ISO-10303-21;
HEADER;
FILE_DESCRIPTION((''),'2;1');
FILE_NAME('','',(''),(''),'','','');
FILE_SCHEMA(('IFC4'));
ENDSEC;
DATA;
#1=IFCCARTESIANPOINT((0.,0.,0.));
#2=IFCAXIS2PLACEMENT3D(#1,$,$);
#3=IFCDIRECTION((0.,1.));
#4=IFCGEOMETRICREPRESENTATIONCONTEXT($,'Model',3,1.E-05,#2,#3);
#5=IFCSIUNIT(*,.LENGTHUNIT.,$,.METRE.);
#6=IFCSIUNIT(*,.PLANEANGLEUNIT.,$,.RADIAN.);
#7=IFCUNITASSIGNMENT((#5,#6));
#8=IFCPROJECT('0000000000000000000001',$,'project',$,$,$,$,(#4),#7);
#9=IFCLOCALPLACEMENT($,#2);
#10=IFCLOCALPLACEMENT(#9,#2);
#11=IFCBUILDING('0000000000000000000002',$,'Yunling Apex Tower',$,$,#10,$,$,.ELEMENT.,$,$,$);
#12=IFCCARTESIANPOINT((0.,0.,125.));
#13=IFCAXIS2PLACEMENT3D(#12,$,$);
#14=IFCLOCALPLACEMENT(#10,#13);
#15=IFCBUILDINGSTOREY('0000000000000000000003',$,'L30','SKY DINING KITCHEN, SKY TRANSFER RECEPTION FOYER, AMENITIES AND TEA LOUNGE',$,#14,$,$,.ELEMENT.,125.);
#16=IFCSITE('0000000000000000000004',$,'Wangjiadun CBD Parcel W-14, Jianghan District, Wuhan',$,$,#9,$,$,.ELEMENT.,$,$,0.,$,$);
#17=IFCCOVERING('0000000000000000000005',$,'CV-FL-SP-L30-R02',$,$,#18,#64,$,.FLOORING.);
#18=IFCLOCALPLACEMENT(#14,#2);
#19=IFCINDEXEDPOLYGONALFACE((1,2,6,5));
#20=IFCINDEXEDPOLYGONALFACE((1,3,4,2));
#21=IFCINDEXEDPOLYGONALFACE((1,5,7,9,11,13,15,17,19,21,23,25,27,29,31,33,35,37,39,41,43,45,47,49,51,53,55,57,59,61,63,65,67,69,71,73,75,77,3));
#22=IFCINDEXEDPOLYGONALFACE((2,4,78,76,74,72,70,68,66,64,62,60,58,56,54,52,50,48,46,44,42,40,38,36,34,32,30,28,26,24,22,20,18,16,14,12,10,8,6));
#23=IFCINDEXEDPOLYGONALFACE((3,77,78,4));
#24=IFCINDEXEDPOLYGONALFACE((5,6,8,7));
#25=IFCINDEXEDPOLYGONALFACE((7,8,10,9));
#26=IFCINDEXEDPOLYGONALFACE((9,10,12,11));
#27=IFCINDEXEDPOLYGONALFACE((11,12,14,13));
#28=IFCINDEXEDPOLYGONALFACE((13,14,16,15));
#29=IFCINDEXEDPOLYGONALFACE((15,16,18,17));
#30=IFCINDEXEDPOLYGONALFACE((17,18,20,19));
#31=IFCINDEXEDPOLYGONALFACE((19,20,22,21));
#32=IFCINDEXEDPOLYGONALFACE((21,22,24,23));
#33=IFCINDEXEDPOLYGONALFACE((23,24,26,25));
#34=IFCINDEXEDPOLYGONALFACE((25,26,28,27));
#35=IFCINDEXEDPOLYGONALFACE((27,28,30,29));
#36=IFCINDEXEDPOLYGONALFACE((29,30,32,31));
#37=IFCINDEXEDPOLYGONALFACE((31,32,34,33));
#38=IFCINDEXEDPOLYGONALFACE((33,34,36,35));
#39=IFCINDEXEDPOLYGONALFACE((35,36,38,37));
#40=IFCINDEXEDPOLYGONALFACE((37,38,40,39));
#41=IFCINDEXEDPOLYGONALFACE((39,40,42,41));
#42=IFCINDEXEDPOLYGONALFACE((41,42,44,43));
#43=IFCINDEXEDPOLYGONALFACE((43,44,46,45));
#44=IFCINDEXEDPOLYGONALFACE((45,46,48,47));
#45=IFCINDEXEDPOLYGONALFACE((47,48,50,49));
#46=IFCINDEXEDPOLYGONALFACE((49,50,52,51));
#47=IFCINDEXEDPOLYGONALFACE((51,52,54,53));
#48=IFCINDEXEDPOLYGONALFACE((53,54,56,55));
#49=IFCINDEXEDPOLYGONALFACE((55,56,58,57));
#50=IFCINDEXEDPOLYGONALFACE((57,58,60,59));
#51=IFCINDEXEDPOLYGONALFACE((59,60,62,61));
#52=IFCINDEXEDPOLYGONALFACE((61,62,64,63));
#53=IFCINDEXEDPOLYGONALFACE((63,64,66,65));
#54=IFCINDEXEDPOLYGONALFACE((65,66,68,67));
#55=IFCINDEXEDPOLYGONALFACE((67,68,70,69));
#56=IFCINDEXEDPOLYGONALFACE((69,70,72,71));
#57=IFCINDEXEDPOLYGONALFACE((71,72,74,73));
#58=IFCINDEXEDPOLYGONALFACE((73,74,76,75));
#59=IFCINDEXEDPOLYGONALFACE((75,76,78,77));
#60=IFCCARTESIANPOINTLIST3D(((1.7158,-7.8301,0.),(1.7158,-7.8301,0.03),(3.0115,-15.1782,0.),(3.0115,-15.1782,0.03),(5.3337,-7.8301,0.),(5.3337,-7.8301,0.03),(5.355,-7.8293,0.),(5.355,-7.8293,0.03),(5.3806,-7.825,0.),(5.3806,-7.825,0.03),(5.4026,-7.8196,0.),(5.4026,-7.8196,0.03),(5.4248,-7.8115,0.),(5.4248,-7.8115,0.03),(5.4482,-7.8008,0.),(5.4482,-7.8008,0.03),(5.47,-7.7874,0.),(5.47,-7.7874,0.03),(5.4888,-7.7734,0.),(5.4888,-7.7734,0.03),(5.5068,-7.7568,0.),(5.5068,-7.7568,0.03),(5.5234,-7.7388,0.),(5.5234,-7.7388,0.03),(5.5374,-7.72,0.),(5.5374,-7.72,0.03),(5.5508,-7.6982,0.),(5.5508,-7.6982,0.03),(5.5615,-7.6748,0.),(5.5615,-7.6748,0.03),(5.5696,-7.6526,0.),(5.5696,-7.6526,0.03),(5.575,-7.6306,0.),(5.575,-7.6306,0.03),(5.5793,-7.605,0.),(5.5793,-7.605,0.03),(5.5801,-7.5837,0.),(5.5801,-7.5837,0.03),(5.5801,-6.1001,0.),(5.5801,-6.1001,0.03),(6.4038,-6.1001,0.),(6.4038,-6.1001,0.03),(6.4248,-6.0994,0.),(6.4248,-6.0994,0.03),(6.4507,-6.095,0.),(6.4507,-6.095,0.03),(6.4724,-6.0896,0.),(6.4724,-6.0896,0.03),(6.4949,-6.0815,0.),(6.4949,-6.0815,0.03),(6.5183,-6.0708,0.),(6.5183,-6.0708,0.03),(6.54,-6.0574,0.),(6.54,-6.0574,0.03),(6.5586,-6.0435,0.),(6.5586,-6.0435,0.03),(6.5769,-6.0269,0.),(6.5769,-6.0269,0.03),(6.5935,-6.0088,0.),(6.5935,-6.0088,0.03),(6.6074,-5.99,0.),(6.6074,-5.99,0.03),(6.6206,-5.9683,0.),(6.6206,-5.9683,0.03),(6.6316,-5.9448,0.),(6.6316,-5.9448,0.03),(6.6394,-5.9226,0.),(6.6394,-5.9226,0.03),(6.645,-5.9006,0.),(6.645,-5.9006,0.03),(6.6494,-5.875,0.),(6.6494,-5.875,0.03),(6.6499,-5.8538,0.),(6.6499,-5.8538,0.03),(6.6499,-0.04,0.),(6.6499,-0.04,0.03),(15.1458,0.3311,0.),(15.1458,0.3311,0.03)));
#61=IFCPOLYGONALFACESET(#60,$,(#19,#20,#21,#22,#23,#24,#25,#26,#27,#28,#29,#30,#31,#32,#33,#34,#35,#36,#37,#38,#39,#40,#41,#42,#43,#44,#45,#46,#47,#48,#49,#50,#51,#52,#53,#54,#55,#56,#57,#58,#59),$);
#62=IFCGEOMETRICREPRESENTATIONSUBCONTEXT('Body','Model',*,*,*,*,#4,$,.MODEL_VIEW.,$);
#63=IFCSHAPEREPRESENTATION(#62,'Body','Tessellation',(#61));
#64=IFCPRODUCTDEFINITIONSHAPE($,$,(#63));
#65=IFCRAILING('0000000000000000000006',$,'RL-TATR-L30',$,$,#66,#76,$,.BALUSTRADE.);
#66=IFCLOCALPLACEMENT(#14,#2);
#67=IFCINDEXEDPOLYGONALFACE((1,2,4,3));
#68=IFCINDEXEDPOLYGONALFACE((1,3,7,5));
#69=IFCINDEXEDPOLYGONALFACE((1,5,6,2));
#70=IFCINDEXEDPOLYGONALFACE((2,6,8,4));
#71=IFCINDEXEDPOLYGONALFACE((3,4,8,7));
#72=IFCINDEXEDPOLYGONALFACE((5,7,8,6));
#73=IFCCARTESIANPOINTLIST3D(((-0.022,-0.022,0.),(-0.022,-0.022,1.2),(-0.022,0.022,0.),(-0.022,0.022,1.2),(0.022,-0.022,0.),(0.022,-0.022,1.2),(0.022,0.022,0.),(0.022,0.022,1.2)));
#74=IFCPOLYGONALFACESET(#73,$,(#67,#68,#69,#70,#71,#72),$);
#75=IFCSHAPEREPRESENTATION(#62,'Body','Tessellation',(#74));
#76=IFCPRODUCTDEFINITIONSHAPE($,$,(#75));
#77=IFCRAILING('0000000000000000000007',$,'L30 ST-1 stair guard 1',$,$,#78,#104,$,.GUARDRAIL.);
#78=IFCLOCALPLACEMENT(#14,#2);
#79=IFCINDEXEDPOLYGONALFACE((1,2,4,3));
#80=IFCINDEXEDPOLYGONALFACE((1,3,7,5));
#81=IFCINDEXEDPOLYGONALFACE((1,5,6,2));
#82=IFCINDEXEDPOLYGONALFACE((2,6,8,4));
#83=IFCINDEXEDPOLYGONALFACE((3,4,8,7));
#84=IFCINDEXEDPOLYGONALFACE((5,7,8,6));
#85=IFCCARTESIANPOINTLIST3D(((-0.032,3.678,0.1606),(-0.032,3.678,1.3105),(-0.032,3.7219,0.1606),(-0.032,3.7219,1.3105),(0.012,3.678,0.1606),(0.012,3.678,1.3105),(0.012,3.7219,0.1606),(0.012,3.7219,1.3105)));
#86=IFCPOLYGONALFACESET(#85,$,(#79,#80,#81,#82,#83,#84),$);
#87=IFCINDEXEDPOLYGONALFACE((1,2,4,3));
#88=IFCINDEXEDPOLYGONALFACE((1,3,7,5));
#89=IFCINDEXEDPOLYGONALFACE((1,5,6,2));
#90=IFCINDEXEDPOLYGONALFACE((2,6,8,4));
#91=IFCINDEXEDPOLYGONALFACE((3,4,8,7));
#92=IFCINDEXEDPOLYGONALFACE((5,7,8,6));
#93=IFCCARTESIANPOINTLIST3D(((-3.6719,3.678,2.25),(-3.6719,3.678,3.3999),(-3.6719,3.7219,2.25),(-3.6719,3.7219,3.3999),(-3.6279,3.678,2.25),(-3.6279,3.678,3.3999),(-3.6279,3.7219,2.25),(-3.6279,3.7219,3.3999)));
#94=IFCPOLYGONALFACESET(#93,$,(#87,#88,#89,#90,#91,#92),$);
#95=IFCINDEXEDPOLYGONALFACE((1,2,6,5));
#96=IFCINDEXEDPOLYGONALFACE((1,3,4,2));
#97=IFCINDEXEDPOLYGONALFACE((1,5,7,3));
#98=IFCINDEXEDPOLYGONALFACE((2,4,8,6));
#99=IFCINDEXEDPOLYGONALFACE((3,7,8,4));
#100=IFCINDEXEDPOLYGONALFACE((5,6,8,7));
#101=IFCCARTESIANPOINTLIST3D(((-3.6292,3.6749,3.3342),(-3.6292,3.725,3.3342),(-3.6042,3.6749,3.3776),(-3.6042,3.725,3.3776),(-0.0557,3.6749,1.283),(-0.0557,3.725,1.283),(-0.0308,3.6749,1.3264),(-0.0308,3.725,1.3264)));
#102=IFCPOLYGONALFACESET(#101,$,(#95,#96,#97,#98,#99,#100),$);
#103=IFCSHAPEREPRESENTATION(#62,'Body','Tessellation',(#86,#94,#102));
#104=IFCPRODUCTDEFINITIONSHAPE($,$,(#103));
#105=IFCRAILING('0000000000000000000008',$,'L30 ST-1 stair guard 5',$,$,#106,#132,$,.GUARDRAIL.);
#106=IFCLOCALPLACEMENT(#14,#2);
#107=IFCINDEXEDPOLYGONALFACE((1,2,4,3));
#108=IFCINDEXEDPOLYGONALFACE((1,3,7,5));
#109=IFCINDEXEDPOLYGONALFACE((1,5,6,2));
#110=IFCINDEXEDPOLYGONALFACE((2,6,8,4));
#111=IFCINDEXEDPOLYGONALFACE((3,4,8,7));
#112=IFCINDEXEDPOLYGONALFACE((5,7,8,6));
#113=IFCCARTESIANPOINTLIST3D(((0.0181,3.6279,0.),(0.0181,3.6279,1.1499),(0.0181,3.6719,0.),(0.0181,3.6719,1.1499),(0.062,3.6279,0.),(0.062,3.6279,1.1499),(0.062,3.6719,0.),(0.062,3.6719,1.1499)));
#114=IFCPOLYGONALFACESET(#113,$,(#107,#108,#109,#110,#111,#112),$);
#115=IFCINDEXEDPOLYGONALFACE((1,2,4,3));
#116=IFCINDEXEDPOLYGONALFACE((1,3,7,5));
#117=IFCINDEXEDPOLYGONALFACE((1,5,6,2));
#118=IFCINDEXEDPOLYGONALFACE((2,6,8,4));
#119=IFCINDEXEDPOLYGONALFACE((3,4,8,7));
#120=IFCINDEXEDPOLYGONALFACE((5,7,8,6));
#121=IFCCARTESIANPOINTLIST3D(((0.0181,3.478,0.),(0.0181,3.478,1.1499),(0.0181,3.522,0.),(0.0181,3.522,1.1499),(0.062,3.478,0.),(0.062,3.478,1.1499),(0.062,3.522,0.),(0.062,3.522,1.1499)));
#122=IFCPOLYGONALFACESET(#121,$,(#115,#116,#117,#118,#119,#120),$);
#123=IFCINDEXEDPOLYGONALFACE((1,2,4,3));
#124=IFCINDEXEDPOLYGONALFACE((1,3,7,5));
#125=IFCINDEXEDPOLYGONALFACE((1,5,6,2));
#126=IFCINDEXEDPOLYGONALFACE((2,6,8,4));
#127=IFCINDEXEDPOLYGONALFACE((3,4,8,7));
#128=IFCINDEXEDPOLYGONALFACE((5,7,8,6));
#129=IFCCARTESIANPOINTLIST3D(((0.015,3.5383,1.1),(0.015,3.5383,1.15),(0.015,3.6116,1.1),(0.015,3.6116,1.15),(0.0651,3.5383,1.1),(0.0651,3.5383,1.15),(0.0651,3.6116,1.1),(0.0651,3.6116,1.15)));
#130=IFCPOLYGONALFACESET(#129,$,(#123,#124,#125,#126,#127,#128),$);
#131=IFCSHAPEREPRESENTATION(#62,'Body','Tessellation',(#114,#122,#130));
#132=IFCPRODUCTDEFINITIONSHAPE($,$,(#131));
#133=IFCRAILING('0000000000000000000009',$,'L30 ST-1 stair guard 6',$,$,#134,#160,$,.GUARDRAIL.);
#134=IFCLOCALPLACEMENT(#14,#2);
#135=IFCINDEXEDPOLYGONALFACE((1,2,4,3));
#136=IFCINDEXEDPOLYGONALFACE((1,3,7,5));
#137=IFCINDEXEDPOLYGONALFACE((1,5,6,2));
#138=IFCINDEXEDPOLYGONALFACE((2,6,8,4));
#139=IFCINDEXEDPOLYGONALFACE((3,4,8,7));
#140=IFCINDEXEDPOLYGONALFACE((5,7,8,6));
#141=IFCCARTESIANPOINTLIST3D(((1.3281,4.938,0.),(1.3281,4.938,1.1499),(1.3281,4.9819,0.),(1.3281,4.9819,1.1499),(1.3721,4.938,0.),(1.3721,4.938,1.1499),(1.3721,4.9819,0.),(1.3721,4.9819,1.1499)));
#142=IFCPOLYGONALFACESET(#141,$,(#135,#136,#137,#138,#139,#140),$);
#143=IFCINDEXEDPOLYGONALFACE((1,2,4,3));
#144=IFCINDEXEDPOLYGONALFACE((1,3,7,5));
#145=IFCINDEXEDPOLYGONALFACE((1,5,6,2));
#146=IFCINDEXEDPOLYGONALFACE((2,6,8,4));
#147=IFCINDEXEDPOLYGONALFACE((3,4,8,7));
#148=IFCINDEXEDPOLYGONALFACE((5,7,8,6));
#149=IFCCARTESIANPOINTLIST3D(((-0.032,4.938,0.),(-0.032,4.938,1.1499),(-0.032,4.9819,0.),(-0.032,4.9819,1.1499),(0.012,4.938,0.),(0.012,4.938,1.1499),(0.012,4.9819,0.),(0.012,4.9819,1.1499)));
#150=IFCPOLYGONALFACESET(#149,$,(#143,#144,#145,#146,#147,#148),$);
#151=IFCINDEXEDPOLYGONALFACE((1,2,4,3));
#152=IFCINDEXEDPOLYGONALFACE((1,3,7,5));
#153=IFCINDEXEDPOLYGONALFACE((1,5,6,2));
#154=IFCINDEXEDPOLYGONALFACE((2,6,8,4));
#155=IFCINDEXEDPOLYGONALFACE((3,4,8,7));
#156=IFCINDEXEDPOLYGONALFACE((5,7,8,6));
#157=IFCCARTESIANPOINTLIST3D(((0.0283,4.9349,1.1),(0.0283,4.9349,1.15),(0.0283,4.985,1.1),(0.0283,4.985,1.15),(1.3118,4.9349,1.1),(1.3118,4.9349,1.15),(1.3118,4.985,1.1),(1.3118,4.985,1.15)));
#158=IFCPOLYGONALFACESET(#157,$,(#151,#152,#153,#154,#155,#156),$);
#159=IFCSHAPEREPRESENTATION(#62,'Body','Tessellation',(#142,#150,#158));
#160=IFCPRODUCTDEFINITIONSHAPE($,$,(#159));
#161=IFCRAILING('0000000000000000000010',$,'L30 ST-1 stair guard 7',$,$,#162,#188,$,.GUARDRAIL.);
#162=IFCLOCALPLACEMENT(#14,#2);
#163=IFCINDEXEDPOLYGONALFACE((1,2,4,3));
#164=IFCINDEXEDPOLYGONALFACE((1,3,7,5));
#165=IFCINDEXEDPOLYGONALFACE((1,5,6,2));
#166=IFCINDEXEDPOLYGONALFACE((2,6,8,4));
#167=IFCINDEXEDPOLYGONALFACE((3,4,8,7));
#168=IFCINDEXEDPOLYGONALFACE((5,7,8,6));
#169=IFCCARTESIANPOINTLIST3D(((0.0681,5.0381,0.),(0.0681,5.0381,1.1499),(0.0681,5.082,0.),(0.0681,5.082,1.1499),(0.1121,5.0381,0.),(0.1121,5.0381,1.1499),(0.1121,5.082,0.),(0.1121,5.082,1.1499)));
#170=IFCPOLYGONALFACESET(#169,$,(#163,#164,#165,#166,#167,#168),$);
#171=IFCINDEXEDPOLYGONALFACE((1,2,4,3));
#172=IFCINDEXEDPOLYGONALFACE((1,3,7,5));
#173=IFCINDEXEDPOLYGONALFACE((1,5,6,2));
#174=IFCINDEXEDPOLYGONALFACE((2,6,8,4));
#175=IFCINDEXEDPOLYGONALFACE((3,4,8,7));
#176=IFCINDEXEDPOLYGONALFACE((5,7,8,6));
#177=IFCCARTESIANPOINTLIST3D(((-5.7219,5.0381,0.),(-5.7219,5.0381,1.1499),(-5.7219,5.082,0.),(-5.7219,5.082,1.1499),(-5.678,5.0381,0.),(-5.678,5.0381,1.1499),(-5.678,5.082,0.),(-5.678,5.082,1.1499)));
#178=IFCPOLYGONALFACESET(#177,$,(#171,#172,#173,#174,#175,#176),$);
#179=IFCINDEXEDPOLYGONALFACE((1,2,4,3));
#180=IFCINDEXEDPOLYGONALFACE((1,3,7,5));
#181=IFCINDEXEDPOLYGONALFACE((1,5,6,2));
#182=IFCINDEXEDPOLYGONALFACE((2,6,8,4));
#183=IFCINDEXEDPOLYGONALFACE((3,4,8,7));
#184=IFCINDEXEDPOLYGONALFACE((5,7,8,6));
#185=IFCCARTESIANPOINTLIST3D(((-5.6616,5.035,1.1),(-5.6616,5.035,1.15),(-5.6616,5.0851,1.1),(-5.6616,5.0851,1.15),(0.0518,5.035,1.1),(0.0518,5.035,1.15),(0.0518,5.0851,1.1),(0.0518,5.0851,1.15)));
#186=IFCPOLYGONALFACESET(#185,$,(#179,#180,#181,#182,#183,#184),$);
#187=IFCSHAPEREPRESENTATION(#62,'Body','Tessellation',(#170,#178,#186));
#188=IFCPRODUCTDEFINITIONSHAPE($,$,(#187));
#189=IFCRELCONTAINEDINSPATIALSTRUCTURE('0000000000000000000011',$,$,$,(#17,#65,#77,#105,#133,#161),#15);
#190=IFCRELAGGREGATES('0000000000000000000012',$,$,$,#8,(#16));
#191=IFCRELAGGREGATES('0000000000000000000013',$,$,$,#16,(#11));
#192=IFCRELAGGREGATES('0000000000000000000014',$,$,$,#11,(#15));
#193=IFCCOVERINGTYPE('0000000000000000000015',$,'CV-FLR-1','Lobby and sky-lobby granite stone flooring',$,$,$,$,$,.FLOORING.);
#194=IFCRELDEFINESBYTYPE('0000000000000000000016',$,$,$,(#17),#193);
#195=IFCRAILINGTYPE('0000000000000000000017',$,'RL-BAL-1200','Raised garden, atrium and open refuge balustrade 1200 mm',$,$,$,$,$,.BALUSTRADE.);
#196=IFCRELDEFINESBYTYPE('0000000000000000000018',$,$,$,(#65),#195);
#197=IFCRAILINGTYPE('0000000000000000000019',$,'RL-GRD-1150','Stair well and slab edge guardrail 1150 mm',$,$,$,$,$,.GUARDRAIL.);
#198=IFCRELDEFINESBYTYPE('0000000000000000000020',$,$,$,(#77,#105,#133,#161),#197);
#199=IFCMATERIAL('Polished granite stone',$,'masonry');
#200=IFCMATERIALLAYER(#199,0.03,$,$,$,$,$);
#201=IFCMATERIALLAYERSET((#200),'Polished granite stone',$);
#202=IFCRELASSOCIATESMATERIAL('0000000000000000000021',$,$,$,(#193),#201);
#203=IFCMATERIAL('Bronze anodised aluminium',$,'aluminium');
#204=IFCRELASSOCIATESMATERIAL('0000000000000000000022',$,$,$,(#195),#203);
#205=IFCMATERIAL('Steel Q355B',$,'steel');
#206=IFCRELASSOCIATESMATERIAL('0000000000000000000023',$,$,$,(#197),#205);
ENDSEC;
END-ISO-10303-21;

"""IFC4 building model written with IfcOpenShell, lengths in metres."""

from ifc_helpers import new_model, si_unit, direction, frame, origin, origin_2d, place, context, subcontext, project, spatial, polyline, rectangle, outline, extrude, material, layer, layer_set, type_object, element, save


model = new_model("IFC4")

# Units and contexts
model_context = context("Model", 3, precision=1e-05, world=origin(), true_north=direction((0.0, 1.0)))
body_context = subcontext(model_context, "Body", "Model", "MODEL_VIEW")
ifc_project = project(units=[si_unit("LENGTHUNIT", "METRE"), si_unit("PLANEANGLEUNIT", "RADIAN")], contexts=[model_context])

# Site, building, storey
site_placement = place(None, origin())
site = spatial("IfcSite", under=ifc_project, at=site_placement, Name="Wangjiadun CBD Parcel W-14, Jianghan District, Wuhan", CompositionType="ELEMENT", RefElevation=0.0)
building_placement = place(site_placement, origin())
building = spatial("IfcBuilding", under=site, at=building_placement, Name="Yunling Apex Tower", CompositionType="ELEMENT")
storey_placement = place(building_placement, frame((0.0, 0.0, 125.0)))
storey = spatial("IfcBuildingStorey", under=building, at=storey_placement, Name="L30", Description="SKY DINING KITCHEN, SKY TRANSFER RECEPTION FOYER, AMENITIES AND TEA LOUNGE", CompositionType="ELEMENT", Elevation=125.0)

# Shared definitions
ifc_material_1 = material(Name="Steel Q355B", Category="steel")

# Shared definitions
ifc_material_2 = material(Name="Bronze anodised aluminium", Category="aluminium")

# Covering
ifc_material_3 = material(Name="Polished granite stone", Category="masonry")
ifc_layer_1 = layer(ifc_material_3, 0.03)
ifc_layer_set_1 = layer_set([ifc_layer_1], Name="Polished granite stone")
covering_type_1 = type_object("IfcCoveringType", Name="CV-FLR-1", Description="Lobby and sky-lobby granite stone flooring", PredefinedType="FLOORING", material=ifc_layer_set_1)
covering_1_placement = place(storey_placement, origin())
element("IfcCovering", 1, at=covering_1_placement, inside=storey, type_object=covering_type_1, Name="CV-FL-SP-L30-R02", PredefinedType="FLOORING", context=body_context, shape_type="SweptSolid", body=[
    extrude(outline(polyline([(15.1458, 0.3311), (3.0115, -15.1782), (1.7158, -7.8301), (5.3337, -7.8301), (5.355, -7.8293), (5.3806, -7.825), (5.4026, -7.8196), (5.4248, -7.8115), (5.4482, -7.8008), (5.47, -7.7874), (5.4888, -7.7734), (5.5068, -7.7568), (5.5234, -7.7388), (5.5374, -7.72), (5.5508, -7.6982), (5.5615, -7.6748), (5.5696, -7.6526), (5.575, -7.6306), (5.5793, -7.605), (5.5801, -7.5837), (5.5801, -6.1001), (6.4038, -6.1001), (6.4248, -6.0994), (6.4507, -6.095), (6.4724, -6.0896), (6.4949, -6.0815), (6.5183, -6.0708), (6.54, -6.0574), (6.5586, -6.0435), (6.5769, -6.0269), (6.5935, -6.0088), (6.6074, -5.99), (6.6206, -5.9683), (6.6316, -5.9448), (6.6394, -5.9226), (6.645, -5.9006), (6.6494, -5.875), (6.6499, -5.8538), (6.6499, -0.04), (15.1458, 0.3311)])), origin(), (0.0, 0.0, 1.0), 0.03),
])

# Railings
railing_type_1 = type_object("IfcRailingType", Name="RL-BAL-1200", Description="Raised garden, atrium and open refuge balustrade 1200 mm", PredefinedType="BALUSTRADE", material=ifc_material_2)
railing_1_placement = place(storey_placement, origin())
element("IfcRailing", 2, at=railing_1_placement, inside=storey, type_object=railing_type_1, Name="RL-TATR-L30", PredefinedType="BALUSTRADE", context=body_context, shape_type="SweptSolid", body=[
    extrude(rectangle(XDim=0.0439, YDim=0.0439, at=origin_2d()), origin(), (0.0, 0.0, 1.0), 1.2),
])
railing_type_2 = type_object("IfcRailingType", Name="RL-GRD-1150", Description="Stair well and slab edge guardrail 1150 mm", PredefinedType="GUARDRAIL", material=ifc_material_1)
railing_2_placement = place(storey_placement, frame((-0.01, 3.7, 0.1606)))
element("IfcRailing", 3, at=railing_2_placement, inside=storey, type_object=railing_type_2, Name="L30 ST-1 stair guard 1", PredefinedType="GUARDRAIL", context=body_context, shape_type="SweptSolid", body=[
    extrude(rectangle(XDim=0.0439, YDim=0.0439, at=origin_2d()), origin(), (0.0, 0.0, 1.0), 1.1499),
    extrude(rectangle(XDim=0.0439, YDim=0.0439, at=origin_2d()), frame((-3.6399, 0.0, 2.0894)), (0.0, 0.0, 1.0), 1.1499),
    extrude(rectangle(XDim=0.05, YDim=0.05, at=origin_2d()), frame((-0.0332, 0.0, 1.144), z_axis=(-0.867275, 0.0, 0.497829), x_axis=(0.0, -1.0, 0.0)), (0.0, 0.0, 1.0), 4.1204),
])
railing_3_placement = place(storey_placement, frame((0.04, 3.6499, 0.0)))
element("IfcRailing", 4, at=railing_3_placement, inside=storey, type_object=railing_type_2, Name="L30 ST-1 stair guard 5", PredefinedType="GUARDRAIL", context=body_context, shape_type="SweptSolid", body=[
    extrude(rectangle(XDim=0.0439, YDim=0.0439, at=origin_2d()), origin(), (0.0, 0.0, 1.0), 1.1499),
    extrude(rectangle(XDim=0.0439, YDim=0.0439, at=origin_2d()), frame((0.0, -0.1499, 0.0)), (0.0, 0.0, 1.0), 1.1499),
    extrude(rectangle(XDim=0.05, YDim=0.05, at=origin_2d()), frame((0.0, -0.0383, 1.125), z_axis=(0.0, -1.0, 0.0), x_axis=(1.0, 0.0, 0.0)), (0.0, 0.0, 1.0), 0.0732),
])
railing_4_placement = place(storey_placement, frame((1.3501, 4.96, 0.0)))
element("IfcRailing", 5, at=railing_4_placement, inside=storey, type_object=railing_type_2, Name="L30 ST-1 stair guard 6", PredefinedType="GUARDRAIL", context=body_context, shape_type="SweptSolid", body=[
    extrude(rectangle(XDim=0.0439, YDim=0.0439, at=origin_2d()), origin(), (0.0, 0.0, 1.0), 1.1499),
    extrude(rectangle(XDim=0.0439, YDim=0.0439, at=origin_2d()), frame((-1.3601, 0.0, 0.0)), (0.0, 0.0, 1.0), 1.1499),
    extrude(rectangle(XDim=0.05, YDim=0.05, at=origin_2d()), frame((-0.0383, 0.0, 1.125), z_axis=(-1.0, 0.0, 0.0), x_axis=(0.0, -1.0, 0.0)), (0.0, 0.0, 1.0), 1.2834),
])
railing_5_placement = place(storey_placement, frame((0.0901, 5.0601, 0.0)))
element("IfcRailing", 6, at=railing_5_placement, inside=storey, type_object=railing_type_2, Name="L30 ST-1 stair guard 7", PredefinedType="GUARDRAIL", context=body_context, shape_type="SweptSolid", body=[
    extrude(rectangle(XDim=0.0439, YDim=0.0439, at=origin_2d()), origin(), (0.0, 0.0, 1.0), 1.1499),
    extrude(rectangle(XDim=0.0439, YDim=0.0439, at=origin_2d()), frame((-5.79, 0.0, 0.0)), (0.0, 0.0, 1.0), 1.1499),
    extrude(rectangle(XDim=0.05, YDim=0.05, at=origin_2d()), frame((-0.0383, 0.0, 1.125), z_axis=(-1.0, 0.0, 0.0), x_axis=(0.0, -1.0, 0.0)), (0.0, 0.0, 1.0), 5.7134),
])

save(model, "model.ifc")
